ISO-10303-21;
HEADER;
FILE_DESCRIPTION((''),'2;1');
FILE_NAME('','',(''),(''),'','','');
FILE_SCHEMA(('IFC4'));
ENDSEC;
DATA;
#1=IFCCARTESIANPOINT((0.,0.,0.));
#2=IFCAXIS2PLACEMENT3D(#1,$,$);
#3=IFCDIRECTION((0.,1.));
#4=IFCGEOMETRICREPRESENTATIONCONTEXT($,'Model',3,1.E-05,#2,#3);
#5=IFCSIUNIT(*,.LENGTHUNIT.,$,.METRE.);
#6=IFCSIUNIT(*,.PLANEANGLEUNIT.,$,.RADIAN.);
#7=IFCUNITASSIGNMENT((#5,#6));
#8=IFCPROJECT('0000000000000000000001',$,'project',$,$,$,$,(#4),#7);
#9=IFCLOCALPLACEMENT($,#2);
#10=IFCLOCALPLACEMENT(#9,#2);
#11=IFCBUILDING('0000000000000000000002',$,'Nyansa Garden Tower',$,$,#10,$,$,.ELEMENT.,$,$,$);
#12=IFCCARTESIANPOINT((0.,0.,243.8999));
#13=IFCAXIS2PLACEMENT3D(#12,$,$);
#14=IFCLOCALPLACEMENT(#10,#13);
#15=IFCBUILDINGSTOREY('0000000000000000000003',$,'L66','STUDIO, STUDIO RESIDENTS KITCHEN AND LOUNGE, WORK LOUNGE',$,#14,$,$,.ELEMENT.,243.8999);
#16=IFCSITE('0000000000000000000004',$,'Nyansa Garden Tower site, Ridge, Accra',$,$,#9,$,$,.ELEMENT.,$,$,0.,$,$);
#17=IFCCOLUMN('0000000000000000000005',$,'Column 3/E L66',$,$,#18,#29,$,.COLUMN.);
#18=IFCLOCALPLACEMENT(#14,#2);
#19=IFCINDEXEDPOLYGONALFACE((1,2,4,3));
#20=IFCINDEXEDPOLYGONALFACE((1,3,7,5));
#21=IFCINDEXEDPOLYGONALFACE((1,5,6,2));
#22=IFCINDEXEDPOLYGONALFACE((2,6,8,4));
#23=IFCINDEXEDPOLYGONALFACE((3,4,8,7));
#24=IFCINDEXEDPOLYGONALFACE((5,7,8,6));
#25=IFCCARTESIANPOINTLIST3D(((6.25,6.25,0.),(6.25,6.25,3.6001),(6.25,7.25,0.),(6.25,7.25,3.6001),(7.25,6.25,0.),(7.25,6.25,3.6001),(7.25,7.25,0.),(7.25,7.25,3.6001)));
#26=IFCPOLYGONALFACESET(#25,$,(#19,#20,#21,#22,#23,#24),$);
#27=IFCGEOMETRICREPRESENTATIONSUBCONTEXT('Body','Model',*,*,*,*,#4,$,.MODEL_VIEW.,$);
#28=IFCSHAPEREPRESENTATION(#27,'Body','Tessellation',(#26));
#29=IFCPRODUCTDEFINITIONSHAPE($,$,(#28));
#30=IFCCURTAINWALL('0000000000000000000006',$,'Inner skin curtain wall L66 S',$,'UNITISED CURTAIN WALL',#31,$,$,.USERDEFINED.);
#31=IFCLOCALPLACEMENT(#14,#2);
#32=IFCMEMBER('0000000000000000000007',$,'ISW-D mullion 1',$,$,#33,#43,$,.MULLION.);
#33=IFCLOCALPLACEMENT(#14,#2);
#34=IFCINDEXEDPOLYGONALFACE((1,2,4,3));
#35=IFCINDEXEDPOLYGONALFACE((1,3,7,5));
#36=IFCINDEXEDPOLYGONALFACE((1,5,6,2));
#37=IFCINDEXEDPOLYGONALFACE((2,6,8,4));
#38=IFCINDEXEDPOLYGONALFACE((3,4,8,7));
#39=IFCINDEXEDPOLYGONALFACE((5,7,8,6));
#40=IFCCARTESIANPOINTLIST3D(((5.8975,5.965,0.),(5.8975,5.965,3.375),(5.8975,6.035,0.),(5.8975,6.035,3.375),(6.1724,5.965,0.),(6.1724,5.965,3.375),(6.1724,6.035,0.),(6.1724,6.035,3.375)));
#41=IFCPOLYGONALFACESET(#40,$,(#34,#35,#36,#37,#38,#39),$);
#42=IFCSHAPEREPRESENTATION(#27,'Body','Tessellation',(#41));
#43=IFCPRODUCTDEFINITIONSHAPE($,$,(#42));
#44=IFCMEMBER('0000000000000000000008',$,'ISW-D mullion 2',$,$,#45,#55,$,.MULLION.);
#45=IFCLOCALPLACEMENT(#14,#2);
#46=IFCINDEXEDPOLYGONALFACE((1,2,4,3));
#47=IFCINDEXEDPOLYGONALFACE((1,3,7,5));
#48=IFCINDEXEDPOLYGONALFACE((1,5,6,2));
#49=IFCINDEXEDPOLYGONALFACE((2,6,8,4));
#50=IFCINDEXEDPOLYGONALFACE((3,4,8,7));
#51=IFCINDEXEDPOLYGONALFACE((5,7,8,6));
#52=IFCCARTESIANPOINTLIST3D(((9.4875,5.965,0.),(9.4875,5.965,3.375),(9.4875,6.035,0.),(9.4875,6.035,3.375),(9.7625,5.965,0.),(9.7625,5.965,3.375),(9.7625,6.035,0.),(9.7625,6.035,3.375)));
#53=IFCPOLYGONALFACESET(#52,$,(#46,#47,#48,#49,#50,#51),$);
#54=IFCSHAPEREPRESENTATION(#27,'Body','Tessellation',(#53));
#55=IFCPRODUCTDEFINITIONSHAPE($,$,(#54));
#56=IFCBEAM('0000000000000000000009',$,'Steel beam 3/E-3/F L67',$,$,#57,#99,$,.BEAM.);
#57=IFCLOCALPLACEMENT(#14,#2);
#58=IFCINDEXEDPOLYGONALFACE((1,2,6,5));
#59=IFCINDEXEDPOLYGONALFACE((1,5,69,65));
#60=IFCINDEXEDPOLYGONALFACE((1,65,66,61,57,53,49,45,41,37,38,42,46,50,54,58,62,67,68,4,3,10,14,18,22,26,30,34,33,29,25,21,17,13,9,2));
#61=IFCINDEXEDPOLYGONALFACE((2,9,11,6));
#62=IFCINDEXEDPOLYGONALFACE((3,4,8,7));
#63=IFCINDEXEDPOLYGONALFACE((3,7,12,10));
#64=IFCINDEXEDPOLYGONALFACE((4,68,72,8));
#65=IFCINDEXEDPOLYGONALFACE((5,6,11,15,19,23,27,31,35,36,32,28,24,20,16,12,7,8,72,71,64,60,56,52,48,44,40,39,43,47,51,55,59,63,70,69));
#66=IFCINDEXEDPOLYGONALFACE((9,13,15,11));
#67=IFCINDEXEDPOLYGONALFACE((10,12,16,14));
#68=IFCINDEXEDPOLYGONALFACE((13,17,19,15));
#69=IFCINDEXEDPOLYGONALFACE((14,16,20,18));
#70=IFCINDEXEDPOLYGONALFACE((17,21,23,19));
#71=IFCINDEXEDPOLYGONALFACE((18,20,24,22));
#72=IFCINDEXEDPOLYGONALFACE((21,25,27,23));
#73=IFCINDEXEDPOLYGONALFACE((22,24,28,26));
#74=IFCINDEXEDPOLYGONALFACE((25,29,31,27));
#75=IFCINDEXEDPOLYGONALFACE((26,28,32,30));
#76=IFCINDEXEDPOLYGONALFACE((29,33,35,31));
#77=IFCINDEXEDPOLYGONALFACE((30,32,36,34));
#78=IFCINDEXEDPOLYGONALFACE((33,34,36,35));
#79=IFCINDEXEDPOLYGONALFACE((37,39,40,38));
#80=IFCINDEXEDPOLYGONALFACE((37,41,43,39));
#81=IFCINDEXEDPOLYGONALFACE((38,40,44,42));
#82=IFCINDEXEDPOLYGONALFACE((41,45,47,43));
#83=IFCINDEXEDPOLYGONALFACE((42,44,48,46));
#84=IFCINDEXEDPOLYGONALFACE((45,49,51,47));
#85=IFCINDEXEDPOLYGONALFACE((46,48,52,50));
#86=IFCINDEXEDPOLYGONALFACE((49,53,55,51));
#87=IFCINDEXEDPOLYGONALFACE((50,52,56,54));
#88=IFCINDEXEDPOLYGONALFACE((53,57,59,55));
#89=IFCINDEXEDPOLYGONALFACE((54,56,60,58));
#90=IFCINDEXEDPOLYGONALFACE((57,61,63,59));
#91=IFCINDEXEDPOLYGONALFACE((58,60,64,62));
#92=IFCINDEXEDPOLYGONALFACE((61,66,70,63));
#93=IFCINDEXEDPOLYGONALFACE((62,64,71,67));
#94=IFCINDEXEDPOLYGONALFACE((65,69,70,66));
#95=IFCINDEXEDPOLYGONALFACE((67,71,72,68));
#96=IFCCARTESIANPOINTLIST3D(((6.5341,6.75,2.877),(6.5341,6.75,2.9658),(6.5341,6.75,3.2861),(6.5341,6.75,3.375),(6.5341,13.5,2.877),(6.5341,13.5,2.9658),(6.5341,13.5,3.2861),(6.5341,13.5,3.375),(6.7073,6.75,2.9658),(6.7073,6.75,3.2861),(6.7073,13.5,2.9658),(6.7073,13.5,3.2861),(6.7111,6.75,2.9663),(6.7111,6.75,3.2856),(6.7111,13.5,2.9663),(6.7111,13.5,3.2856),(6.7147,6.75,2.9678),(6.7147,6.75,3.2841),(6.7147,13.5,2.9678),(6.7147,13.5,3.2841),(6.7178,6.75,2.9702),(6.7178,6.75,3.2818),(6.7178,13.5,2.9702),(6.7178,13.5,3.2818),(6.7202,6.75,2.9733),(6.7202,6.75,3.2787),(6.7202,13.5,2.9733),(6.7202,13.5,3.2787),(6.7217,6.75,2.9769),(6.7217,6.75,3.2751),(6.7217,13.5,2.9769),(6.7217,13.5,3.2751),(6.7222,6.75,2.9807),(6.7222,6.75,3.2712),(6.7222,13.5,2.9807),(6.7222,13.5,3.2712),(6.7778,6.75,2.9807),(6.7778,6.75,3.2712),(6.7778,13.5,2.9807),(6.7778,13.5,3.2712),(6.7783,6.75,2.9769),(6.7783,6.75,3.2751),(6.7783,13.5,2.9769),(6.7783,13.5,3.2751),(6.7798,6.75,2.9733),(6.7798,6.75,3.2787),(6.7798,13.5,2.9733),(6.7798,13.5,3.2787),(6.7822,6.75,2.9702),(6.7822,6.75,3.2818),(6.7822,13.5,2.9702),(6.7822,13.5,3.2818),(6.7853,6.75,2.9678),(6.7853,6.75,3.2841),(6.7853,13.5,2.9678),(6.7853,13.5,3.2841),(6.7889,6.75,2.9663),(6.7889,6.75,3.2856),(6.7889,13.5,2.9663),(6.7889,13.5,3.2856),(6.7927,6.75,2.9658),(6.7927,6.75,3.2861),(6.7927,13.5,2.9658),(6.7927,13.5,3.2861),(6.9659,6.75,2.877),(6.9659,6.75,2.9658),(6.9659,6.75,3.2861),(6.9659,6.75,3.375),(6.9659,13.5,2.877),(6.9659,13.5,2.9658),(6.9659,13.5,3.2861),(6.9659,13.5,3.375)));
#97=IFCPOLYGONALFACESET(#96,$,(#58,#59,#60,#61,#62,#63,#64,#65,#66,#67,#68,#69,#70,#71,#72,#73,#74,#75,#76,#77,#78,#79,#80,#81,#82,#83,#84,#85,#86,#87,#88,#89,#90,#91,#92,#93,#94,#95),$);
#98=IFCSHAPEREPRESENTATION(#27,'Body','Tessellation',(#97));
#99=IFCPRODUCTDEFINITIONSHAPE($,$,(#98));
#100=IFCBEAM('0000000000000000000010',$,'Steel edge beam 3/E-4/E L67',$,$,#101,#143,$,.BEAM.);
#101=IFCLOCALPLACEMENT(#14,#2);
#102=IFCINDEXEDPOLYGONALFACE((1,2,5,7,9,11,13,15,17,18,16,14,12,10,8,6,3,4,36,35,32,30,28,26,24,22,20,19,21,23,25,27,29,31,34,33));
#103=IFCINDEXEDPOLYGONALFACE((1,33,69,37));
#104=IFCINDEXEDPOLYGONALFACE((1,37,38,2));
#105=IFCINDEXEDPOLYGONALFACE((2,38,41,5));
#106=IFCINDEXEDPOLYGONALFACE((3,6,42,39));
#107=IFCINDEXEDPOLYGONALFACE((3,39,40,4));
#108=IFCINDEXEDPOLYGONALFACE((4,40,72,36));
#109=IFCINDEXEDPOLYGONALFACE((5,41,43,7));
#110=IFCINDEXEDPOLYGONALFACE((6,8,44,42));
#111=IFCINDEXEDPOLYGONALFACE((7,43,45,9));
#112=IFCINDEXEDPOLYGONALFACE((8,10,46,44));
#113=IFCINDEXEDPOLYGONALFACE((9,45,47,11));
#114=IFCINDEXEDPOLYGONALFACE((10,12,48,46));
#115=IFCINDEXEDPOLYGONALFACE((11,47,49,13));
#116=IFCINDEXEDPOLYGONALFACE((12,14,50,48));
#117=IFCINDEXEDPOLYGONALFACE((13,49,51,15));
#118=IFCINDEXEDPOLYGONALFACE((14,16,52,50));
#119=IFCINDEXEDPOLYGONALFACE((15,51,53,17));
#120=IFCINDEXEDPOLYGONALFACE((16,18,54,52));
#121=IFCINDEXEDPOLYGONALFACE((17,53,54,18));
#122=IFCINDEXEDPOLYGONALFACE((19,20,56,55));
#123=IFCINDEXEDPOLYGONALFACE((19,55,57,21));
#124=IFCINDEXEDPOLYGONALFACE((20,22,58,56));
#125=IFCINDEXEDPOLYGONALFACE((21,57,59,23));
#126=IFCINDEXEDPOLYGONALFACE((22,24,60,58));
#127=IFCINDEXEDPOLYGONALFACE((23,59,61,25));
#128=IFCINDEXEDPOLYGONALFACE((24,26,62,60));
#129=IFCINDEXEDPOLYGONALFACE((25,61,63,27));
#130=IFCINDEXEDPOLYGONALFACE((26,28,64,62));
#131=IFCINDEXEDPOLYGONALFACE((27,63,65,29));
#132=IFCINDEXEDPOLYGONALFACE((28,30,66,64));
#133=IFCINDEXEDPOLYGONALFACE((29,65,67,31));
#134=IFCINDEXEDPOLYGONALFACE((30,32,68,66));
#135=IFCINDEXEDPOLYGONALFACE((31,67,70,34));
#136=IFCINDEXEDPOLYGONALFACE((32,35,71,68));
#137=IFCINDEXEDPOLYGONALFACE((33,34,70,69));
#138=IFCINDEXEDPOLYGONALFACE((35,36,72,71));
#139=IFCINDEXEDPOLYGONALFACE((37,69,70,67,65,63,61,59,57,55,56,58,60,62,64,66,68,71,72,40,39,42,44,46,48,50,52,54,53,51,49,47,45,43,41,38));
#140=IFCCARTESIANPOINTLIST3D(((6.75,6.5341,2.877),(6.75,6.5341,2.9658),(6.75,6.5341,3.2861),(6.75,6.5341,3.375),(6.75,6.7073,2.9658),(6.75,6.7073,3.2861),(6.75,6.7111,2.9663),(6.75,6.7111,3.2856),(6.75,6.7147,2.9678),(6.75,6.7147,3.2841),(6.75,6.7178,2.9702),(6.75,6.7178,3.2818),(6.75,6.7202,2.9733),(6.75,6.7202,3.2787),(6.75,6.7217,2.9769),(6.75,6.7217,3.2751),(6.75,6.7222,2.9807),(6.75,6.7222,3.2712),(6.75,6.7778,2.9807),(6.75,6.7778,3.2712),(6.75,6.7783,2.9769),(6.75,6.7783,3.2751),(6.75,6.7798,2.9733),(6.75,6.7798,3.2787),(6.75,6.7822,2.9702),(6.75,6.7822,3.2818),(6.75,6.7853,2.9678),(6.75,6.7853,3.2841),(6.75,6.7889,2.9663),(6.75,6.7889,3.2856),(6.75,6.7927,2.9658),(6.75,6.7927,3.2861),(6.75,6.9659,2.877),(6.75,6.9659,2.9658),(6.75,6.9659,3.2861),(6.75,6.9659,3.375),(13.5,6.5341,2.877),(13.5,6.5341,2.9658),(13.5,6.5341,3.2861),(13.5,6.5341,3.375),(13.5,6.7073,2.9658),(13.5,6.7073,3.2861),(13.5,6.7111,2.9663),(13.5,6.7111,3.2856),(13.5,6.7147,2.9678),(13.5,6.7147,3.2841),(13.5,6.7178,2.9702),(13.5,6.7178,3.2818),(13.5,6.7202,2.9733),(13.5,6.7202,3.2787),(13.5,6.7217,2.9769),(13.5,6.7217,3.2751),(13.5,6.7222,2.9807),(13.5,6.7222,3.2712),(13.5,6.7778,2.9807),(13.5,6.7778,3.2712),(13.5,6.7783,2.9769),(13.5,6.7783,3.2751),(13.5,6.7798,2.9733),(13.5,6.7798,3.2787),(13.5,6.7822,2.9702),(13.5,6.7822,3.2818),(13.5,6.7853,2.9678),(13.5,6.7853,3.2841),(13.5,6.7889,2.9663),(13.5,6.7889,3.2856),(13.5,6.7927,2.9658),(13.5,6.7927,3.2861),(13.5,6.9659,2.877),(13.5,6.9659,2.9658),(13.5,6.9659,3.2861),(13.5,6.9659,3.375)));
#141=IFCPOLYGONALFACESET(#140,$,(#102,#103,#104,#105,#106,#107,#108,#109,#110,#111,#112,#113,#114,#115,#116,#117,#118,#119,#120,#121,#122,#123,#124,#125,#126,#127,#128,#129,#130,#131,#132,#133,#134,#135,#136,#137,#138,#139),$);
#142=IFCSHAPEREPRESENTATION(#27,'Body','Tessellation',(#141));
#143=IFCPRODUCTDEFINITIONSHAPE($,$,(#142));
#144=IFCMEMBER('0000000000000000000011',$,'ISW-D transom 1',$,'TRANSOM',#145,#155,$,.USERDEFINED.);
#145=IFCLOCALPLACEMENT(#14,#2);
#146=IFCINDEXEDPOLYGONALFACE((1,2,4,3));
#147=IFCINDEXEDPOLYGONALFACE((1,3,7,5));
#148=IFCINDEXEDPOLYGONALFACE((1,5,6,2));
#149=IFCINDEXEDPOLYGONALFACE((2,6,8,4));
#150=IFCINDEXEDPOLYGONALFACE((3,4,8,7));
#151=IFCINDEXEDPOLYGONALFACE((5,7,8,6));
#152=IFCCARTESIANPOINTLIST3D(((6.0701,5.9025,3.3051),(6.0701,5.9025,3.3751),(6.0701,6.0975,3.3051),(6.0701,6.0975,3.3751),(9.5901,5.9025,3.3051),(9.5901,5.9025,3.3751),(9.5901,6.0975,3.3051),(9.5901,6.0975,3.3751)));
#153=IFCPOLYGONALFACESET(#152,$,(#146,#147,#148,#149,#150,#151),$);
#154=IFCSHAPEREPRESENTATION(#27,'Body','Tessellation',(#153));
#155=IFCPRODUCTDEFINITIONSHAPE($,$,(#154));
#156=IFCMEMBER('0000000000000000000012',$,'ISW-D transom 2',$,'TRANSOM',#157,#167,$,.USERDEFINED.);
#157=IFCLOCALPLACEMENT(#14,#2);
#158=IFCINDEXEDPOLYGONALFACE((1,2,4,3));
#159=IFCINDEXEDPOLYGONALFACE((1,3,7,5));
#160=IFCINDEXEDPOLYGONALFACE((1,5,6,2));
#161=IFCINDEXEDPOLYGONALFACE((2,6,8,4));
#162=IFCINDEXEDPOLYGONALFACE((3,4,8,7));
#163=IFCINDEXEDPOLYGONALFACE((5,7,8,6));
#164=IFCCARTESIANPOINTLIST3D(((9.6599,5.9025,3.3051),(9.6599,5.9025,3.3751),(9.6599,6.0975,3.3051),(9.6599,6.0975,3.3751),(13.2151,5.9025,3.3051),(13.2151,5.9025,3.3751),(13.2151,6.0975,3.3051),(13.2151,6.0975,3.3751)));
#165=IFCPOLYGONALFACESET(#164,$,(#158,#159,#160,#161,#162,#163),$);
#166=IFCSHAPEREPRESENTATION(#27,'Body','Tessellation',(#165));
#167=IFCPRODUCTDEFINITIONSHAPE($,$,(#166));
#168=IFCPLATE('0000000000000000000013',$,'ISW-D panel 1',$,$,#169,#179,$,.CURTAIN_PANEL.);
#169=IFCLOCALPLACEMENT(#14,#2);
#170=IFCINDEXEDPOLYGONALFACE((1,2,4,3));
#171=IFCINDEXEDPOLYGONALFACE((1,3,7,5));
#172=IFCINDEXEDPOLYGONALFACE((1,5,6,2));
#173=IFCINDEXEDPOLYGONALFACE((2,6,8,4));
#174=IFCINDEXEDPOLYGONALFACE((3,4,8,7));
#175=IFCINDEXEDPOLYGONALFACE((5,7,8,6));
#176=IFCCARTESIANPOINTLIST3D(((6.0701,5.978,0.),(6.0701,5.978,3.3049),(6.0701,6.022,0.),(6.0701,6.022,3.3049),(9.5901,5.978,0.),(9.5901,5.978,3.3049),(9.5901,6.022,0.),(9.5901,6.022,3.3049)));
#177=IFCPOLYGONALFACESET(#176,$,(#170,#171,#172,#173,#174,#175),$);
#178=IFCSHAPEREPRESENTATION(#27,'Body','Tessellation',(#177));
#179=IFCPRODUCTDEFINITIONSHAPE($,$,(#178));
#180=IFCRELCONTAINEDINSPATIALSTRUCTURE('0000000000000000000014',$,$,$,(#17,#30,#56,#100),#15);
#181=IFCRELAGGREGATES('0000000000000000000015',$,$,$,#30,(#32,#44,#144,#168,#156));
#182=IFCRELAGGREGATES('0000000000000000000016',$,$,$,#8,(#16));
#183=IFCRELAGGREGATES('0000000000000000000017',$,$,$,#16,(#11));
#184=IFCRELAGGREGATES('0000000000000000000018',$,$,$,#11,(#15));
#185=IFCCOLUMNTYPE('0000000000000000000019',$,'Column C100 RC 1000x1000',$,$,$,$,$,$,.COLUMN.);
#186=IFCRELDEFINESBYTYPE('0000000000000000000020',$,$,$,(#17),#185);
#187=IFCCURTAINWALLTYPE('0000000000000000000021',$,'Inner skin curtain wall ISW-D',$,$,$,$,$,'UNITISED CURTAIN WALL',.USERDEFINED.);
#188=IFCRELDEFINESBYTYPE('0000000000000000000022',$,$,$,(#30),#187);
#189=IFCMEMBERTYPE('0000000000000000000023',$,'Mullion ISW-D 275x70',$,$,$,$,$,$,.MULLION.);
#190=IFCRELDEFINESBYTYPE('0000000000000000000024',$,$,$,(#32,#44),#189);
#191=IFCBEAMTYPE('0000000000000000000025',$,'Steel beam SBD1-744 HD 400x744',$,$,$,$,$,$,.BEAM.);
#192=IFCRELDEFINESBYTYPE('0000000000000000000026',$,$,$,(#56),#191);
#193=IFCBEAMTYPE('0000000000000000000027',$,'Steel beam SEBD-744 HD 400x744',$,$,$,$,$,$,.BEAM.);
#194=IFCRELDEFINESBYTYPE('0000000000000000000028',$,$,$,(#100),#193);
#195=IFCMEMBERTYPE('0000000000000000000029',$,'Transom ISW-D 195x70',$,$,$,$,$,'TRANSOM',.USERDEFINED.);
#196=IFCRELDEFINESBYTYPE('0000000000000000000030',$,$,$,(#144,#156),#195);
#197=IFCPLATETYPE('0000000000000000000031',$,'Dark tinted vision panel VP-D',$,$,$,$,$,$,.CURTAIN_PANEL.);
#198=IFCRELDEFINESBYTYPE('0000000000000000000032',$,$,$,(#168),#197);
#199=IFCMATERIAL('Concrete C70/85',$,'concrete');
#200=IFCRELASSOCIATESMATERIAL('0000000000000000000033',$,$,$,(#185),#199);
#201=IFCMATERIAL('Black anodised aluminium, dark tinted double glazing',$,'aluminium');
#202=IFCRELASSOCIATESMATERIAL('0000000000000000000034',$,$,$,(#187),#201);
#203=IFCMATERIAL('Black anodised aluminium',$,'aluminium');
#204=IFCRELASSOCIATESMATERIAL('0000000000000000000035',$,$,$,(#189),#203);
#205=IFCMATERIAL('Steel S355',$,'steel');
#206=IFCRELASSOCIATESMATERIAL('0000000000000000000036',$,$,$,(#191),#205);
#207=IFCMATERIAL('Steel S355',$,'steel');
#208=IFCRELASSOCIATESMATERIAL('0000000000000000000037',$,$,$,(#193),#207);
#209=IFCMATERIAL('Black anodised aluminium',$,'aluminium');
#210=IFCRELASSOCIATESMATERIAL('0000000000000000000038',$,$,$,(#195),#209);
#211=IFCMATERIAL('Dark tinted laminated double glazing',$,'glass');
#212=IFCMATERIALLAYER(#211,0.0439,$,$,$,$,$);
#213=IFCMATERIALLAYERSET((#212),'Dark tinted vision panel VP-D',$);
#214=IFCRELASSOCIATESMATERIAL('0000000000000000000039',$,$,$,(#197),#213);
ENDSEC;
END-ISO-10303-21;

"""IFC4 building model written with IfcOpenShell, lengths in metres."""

from ifc_helpers import new_model, si_unit, direction, frame, origin, origin_2d, place, context, subcontext, project, spatial, rectangle, i_section, extrude, material, layer, layer_set, material_profile, profile_set, type_object, element, aggregate, save


model = new_model("IFC4")

# Units and contexts
model_context = context("Model", 3, precision=1e-05, world=origin(), true_north=direction((0.0, 1.0)))
body_context = subcontext(model_context, "Body", "Model", "MODEL_VIEW")
ifc_project = project(units=[si_unit("LENGTHUNIT", "METRE"), si_unit("PLANEANGLEUNIT", "RADIAN")], contexts=[model_context])

# Site, building, storey
site_placement = place(None, origin())
site = spatial("IfcSite", under=ifc_project, at=site_placement, Name="Nyansa Garden Tower site, Ridge, Accra", CompositionType="ELEMENT", RefElevation=0.0)
building_placement = place(site_placement, origin())
building = spatial("IfcBuilding", under=site, at=building_placement, Name="Nyansa Garden Tower", CompositionType="ELEMENT")
storey_placement = place(building_placement, frame((0.0, 0.0, 243.8999)))
storey = spatial("IfcBuildingStorey", under=building, at=storey_placement, Name="L66", Description="STUDIO, STUDIO RESIDENTS KITCHEN AND LOUNGE, WORK LOUNGE", CompositionType="ELEMENT", Elevation=243.8999)

# Column
ifc_material_1 = material(Name="Concrete C70/85", Category="concrete")
ifc_material_profile_1 = material_profile(ifc_material_1, rectangle(XDim=1.0, YDim=1.0, at=origin_2d()), Name="RC 1000x1000")
ifc_profile_set_1 = profile_set([ifc_material_profile_1], Name="Concrete C70/85")
column_type = type_object("IfcColumnType", Name="Column C100 RC 1000x1000", PredefinedType="COLUMN", material=ifc_profile_set_1)
column_placement = place(storey_placement, frame((6.75, 6.75, 0.0), z_axis=(0.0, 0.0, 1.0), x_axis=(1.0, 0.0, 0.0)))
element("IfcColumn", 1, at=column_placement, inside=storey, type_object=column_type, Name="Column 3/E L66", PredefinedType="COLUMN", context=body_context, shape_type="SweptSolid", body=[
    extrude(rectangle(XDim=1.0, YDim=1.0, at=origin_2d()), origin(), (0.0, 0.0, 1.0), 3.6001),
])

# Curtain wall, members
ifc_material_2 = material(Name="Black anodised aluminium, dark tinted double glazing", Category="aluminium")
curtain_wall_type = type_object("IfcCurtainWallType", Name="Inner skin curtain wall ISW-D", ElementType="UNITISED CURTAIN WALL", PredefinedType="USERDEFINED", material=ifc_material_2)
curtain_wall_placement = place(storey_placement, origin())
curtain_wall = element("IfcCurtainWall", 2, at=curtain_wall_placement, inside=storey, type_object=curtain_wall_type, Name="Inner skin curtain wall L66 S", ObjectType="UNITISED CURTAIN WALL", PredefinedType="USERDEFINED")
ifc_material_3 = material(Name="Black anodised aluminium", Category="aluminium")
ifc_material_profile_2 = material_profile(ifc_material_3, rectangle(XDim=0.0701, YDim=0.2749, at=origin_2d()), Name="Mullion 275x70")
ifc_profile_set_2 = profile_set([ifc_material_profile_2], Name="Black anodised aluminium")
member_type_1 = type_object("IfcMemberType", Name="Mullion ISW-D 275x70", PredefinedType="MULLION", material=ifc_profile_set_2)
member_1_placement = place(storey_placement, frame((6.0349, 6.0, 0.0), z_axis=(0.0, 0.0, 1.0), x_axis=(0.0, 1.0, 0.0)))
member_1 = element("IfcMember", 3, at=member_1_placement, type_object=member_type_1, Name="ISW-D mullion 1", PredefinedType="MULLION", context=body_context, shape_type="SweptSolid", body=[
    extrude(rectangle(XDim=0.0701, YDim=0.2749, at=origin_2d()), origin(), (0.0, 0.0, 1.0), 3.375),
])
member_2_placement = place(storey_placement, frame((9.625, 6.0, 0.0), z_axis=(0.0, 0.0, 1.0), x_axis=(0.0, 1.0, 0.0)))
member_2 = element("IfcMember", 4, at=member_2_placement, type_object=member_type_1, Name="ISW-D mullion 2", PredefinedType="MULLION", context=body_context, shape_type="SweptSolid", body=[
    extrude(rectangle(XDim=0.0701, YDim=0.2749, at=origin_2d()), origin(), (0.0, 0.0, 1.0), 3.375),
])

# Beams
ifc_material_4 = material(Name="Steel S355", Category="steel")
ifc_material_profile_3 = material_profile(ifc_material_4, i_section(OverallWidth=0.4319, OverallDepth=0.498, WebThickness=0.0557, FlangeThickness=0.0889, FilletRadius=0.0149, at=origin_2d()), Name="HD 400x744")
ifc_profile_set_3 = profile_set([ifc_material_profile_3], Name="Steel S355")
beam_type_1 = type_object("IfcBeamType", Name="Steel beam SBD1-744 HD 400x744", PredefinedType="BEAM", material=ifc_profile_set_3)
beam_1_placement = place(storey_placement, frame((6.75, 6.75, 3.126), z_axis=(0.0, 1.0, 0.0), x_axis=(-1.0, 0.0, 0.0)))
element("IfcBeam", 5, at=beam_1_placement, inside=storey, type_object=beam_type_1, Name="Steel beam 3/E-3/F L67", PredefinedType="BEAM", context=body_context, shape_type="SweptSolid", body=[
    extrude(i_section(OverallWidth=0.4319, OverallDepth=0.498, WebThickness=0.0557, FlangeThickness=0.0889, FilletRadius=0.0149, at=origin_2d()), origin(), (0.0, 0.0, 1.0), 6.75),
])
ifc_material_5 = material(Name="Steel S355", Category="steel")
ifc_material_profile_4 = material_profile(ifc_material_5, i_section(OverallWidth=0.4319, OverallDepth=0.498, WebThickness=0.0557, FlangeThickness=0.0889, FilletRadius=0.0149, at=origin_2d()), Name="HD 400x744")
ifc_profile_set_4 = profile_set([ifc_material_profile_4], Name="Steel S355")
beam_type_2 = type_object("IfcBeamType", Name="Steel beam SEBD-744 HD 400x744", PredefinedType="BEAM", material=ifc_profile_set_4)
beam_2_placement = place(storey_placement, frame((6.75, 6.75, 3.126), z_axis=(1.0, 0.0, 0.0), x_axis=(0.0, 1.0, 0.0)))
element("IfcBeam", 6, at=beam_2_placement, inside=storey, type_object=beam_type_2, Name="Steel edge beam 3/E-4/E L67", PredefinedType="BEAM", context=body_context, shape_type="SweptSolid", body=[
    extrude(i_section(OverallWidth=0.4319, OverallDepth=0.498, WebThickness=0.0557, FlangeThickness=0.0889, FilletRadius=0.0149, at=origin_2d()), origin(), (0.0, 0.0, 1.0), 6.75),
])

# Members
ifc_material_6 = material(Name="Black anodised aluminium", Category="aluminium")
ifc_material_profile_5 = material_profile(ifc_material_6, rectangle(XDim=0.1951, YDim=0.0701, at=origin_2d()), Name="Transom 195x70")
ifc_profile_set_5 = profile_set([ifc_material_profile_5], Name="Black anodised aluminium")
member_type_2 = type_object("IfcMemberType", Name="Transom ISW-D 195x70", ElementType="TRANSOM", PredefinedType="USERDEFINED", material=ifc_profile_set_5)
member_3_placement = place(storey_placement, frame((6.0701, 6.0, 3.3401), z_axis=(1.0, 0.0, 0.0), x_axis=(0.0, 1.0, 0.0)))
member_3 = element("IfcMember", 7, at=member_3_placement, type_object=member_type_2, Name="ISW-D transom 1", ObjectType="TRANSOM", PredefinedType="USERDEFINED", context=body_context, shape_type="SweptSolid", body=[
    extrude(rectangle(XDim=0.1951, YDim=0.0701, at=origin_2d()), origin(), (0.0, 0.0, 1.0), 3.52),
])
member_4_placement = place(storey_placement, frame((9.6599, 6.0, 3.3401), z_axis=(1.0, 0.0, 0.0), x_axis=(0.0, 1.0, 0.0)))
member_4 = element("IfcMember", 8, at=member_4_placement, type_object=member_type_2, Name="ISW-D transom 2", ObjectType="TRANSOM", PredefinedType="USERDEFINED", context=body_context, shape_type="SweptSolid", body=[
    extrude(rectangle(XDim=0.1951, YDim=0.0701, at=origin_2d()), origin(), (0.0, 0.0, 1.0), 3.5552),
])

# Plate
ifc_material_7 = material(Name="Dark tinted laminated double glazing", Category="glass")
ifc_layer_1 = layer(ifc_material_7, 0.0439)
ifc_layer_set_1 = layer_set([ifc_layer_1], Name="Dark tinted vision panel VP-D")
plate_type = type_object("IfcPlateType", Name="Dark tinted vision panel VP-D", PredefinedType="CURTAIN_PANEL", material=ifc_layer_set_1)
plate_placement = place(storey_placement, frame((7.8301, 6.0, 0.0), z_axis=(0.0, 0.0, 1.0), x_axis=(1.0, 0.0, 0.0)))
plate = element("IfcPlate", 9, at=plate_placement, type_object=plate_type, Name="ISW-D panel 1", PredefinedType="CURTAIN_PANEL", context=body_context, shape_type="SweptSolid", body=[
    extrude(rectangle(XDim=3.52, YDim=0.0439, at=origin_2d()), origin(), (0.0, 0.0, 1.0), 3.3049),
])
aggregate(curtain_wall, [member_1, member_2, member_3, plate, member_4])

save(model, "model.ifc")
